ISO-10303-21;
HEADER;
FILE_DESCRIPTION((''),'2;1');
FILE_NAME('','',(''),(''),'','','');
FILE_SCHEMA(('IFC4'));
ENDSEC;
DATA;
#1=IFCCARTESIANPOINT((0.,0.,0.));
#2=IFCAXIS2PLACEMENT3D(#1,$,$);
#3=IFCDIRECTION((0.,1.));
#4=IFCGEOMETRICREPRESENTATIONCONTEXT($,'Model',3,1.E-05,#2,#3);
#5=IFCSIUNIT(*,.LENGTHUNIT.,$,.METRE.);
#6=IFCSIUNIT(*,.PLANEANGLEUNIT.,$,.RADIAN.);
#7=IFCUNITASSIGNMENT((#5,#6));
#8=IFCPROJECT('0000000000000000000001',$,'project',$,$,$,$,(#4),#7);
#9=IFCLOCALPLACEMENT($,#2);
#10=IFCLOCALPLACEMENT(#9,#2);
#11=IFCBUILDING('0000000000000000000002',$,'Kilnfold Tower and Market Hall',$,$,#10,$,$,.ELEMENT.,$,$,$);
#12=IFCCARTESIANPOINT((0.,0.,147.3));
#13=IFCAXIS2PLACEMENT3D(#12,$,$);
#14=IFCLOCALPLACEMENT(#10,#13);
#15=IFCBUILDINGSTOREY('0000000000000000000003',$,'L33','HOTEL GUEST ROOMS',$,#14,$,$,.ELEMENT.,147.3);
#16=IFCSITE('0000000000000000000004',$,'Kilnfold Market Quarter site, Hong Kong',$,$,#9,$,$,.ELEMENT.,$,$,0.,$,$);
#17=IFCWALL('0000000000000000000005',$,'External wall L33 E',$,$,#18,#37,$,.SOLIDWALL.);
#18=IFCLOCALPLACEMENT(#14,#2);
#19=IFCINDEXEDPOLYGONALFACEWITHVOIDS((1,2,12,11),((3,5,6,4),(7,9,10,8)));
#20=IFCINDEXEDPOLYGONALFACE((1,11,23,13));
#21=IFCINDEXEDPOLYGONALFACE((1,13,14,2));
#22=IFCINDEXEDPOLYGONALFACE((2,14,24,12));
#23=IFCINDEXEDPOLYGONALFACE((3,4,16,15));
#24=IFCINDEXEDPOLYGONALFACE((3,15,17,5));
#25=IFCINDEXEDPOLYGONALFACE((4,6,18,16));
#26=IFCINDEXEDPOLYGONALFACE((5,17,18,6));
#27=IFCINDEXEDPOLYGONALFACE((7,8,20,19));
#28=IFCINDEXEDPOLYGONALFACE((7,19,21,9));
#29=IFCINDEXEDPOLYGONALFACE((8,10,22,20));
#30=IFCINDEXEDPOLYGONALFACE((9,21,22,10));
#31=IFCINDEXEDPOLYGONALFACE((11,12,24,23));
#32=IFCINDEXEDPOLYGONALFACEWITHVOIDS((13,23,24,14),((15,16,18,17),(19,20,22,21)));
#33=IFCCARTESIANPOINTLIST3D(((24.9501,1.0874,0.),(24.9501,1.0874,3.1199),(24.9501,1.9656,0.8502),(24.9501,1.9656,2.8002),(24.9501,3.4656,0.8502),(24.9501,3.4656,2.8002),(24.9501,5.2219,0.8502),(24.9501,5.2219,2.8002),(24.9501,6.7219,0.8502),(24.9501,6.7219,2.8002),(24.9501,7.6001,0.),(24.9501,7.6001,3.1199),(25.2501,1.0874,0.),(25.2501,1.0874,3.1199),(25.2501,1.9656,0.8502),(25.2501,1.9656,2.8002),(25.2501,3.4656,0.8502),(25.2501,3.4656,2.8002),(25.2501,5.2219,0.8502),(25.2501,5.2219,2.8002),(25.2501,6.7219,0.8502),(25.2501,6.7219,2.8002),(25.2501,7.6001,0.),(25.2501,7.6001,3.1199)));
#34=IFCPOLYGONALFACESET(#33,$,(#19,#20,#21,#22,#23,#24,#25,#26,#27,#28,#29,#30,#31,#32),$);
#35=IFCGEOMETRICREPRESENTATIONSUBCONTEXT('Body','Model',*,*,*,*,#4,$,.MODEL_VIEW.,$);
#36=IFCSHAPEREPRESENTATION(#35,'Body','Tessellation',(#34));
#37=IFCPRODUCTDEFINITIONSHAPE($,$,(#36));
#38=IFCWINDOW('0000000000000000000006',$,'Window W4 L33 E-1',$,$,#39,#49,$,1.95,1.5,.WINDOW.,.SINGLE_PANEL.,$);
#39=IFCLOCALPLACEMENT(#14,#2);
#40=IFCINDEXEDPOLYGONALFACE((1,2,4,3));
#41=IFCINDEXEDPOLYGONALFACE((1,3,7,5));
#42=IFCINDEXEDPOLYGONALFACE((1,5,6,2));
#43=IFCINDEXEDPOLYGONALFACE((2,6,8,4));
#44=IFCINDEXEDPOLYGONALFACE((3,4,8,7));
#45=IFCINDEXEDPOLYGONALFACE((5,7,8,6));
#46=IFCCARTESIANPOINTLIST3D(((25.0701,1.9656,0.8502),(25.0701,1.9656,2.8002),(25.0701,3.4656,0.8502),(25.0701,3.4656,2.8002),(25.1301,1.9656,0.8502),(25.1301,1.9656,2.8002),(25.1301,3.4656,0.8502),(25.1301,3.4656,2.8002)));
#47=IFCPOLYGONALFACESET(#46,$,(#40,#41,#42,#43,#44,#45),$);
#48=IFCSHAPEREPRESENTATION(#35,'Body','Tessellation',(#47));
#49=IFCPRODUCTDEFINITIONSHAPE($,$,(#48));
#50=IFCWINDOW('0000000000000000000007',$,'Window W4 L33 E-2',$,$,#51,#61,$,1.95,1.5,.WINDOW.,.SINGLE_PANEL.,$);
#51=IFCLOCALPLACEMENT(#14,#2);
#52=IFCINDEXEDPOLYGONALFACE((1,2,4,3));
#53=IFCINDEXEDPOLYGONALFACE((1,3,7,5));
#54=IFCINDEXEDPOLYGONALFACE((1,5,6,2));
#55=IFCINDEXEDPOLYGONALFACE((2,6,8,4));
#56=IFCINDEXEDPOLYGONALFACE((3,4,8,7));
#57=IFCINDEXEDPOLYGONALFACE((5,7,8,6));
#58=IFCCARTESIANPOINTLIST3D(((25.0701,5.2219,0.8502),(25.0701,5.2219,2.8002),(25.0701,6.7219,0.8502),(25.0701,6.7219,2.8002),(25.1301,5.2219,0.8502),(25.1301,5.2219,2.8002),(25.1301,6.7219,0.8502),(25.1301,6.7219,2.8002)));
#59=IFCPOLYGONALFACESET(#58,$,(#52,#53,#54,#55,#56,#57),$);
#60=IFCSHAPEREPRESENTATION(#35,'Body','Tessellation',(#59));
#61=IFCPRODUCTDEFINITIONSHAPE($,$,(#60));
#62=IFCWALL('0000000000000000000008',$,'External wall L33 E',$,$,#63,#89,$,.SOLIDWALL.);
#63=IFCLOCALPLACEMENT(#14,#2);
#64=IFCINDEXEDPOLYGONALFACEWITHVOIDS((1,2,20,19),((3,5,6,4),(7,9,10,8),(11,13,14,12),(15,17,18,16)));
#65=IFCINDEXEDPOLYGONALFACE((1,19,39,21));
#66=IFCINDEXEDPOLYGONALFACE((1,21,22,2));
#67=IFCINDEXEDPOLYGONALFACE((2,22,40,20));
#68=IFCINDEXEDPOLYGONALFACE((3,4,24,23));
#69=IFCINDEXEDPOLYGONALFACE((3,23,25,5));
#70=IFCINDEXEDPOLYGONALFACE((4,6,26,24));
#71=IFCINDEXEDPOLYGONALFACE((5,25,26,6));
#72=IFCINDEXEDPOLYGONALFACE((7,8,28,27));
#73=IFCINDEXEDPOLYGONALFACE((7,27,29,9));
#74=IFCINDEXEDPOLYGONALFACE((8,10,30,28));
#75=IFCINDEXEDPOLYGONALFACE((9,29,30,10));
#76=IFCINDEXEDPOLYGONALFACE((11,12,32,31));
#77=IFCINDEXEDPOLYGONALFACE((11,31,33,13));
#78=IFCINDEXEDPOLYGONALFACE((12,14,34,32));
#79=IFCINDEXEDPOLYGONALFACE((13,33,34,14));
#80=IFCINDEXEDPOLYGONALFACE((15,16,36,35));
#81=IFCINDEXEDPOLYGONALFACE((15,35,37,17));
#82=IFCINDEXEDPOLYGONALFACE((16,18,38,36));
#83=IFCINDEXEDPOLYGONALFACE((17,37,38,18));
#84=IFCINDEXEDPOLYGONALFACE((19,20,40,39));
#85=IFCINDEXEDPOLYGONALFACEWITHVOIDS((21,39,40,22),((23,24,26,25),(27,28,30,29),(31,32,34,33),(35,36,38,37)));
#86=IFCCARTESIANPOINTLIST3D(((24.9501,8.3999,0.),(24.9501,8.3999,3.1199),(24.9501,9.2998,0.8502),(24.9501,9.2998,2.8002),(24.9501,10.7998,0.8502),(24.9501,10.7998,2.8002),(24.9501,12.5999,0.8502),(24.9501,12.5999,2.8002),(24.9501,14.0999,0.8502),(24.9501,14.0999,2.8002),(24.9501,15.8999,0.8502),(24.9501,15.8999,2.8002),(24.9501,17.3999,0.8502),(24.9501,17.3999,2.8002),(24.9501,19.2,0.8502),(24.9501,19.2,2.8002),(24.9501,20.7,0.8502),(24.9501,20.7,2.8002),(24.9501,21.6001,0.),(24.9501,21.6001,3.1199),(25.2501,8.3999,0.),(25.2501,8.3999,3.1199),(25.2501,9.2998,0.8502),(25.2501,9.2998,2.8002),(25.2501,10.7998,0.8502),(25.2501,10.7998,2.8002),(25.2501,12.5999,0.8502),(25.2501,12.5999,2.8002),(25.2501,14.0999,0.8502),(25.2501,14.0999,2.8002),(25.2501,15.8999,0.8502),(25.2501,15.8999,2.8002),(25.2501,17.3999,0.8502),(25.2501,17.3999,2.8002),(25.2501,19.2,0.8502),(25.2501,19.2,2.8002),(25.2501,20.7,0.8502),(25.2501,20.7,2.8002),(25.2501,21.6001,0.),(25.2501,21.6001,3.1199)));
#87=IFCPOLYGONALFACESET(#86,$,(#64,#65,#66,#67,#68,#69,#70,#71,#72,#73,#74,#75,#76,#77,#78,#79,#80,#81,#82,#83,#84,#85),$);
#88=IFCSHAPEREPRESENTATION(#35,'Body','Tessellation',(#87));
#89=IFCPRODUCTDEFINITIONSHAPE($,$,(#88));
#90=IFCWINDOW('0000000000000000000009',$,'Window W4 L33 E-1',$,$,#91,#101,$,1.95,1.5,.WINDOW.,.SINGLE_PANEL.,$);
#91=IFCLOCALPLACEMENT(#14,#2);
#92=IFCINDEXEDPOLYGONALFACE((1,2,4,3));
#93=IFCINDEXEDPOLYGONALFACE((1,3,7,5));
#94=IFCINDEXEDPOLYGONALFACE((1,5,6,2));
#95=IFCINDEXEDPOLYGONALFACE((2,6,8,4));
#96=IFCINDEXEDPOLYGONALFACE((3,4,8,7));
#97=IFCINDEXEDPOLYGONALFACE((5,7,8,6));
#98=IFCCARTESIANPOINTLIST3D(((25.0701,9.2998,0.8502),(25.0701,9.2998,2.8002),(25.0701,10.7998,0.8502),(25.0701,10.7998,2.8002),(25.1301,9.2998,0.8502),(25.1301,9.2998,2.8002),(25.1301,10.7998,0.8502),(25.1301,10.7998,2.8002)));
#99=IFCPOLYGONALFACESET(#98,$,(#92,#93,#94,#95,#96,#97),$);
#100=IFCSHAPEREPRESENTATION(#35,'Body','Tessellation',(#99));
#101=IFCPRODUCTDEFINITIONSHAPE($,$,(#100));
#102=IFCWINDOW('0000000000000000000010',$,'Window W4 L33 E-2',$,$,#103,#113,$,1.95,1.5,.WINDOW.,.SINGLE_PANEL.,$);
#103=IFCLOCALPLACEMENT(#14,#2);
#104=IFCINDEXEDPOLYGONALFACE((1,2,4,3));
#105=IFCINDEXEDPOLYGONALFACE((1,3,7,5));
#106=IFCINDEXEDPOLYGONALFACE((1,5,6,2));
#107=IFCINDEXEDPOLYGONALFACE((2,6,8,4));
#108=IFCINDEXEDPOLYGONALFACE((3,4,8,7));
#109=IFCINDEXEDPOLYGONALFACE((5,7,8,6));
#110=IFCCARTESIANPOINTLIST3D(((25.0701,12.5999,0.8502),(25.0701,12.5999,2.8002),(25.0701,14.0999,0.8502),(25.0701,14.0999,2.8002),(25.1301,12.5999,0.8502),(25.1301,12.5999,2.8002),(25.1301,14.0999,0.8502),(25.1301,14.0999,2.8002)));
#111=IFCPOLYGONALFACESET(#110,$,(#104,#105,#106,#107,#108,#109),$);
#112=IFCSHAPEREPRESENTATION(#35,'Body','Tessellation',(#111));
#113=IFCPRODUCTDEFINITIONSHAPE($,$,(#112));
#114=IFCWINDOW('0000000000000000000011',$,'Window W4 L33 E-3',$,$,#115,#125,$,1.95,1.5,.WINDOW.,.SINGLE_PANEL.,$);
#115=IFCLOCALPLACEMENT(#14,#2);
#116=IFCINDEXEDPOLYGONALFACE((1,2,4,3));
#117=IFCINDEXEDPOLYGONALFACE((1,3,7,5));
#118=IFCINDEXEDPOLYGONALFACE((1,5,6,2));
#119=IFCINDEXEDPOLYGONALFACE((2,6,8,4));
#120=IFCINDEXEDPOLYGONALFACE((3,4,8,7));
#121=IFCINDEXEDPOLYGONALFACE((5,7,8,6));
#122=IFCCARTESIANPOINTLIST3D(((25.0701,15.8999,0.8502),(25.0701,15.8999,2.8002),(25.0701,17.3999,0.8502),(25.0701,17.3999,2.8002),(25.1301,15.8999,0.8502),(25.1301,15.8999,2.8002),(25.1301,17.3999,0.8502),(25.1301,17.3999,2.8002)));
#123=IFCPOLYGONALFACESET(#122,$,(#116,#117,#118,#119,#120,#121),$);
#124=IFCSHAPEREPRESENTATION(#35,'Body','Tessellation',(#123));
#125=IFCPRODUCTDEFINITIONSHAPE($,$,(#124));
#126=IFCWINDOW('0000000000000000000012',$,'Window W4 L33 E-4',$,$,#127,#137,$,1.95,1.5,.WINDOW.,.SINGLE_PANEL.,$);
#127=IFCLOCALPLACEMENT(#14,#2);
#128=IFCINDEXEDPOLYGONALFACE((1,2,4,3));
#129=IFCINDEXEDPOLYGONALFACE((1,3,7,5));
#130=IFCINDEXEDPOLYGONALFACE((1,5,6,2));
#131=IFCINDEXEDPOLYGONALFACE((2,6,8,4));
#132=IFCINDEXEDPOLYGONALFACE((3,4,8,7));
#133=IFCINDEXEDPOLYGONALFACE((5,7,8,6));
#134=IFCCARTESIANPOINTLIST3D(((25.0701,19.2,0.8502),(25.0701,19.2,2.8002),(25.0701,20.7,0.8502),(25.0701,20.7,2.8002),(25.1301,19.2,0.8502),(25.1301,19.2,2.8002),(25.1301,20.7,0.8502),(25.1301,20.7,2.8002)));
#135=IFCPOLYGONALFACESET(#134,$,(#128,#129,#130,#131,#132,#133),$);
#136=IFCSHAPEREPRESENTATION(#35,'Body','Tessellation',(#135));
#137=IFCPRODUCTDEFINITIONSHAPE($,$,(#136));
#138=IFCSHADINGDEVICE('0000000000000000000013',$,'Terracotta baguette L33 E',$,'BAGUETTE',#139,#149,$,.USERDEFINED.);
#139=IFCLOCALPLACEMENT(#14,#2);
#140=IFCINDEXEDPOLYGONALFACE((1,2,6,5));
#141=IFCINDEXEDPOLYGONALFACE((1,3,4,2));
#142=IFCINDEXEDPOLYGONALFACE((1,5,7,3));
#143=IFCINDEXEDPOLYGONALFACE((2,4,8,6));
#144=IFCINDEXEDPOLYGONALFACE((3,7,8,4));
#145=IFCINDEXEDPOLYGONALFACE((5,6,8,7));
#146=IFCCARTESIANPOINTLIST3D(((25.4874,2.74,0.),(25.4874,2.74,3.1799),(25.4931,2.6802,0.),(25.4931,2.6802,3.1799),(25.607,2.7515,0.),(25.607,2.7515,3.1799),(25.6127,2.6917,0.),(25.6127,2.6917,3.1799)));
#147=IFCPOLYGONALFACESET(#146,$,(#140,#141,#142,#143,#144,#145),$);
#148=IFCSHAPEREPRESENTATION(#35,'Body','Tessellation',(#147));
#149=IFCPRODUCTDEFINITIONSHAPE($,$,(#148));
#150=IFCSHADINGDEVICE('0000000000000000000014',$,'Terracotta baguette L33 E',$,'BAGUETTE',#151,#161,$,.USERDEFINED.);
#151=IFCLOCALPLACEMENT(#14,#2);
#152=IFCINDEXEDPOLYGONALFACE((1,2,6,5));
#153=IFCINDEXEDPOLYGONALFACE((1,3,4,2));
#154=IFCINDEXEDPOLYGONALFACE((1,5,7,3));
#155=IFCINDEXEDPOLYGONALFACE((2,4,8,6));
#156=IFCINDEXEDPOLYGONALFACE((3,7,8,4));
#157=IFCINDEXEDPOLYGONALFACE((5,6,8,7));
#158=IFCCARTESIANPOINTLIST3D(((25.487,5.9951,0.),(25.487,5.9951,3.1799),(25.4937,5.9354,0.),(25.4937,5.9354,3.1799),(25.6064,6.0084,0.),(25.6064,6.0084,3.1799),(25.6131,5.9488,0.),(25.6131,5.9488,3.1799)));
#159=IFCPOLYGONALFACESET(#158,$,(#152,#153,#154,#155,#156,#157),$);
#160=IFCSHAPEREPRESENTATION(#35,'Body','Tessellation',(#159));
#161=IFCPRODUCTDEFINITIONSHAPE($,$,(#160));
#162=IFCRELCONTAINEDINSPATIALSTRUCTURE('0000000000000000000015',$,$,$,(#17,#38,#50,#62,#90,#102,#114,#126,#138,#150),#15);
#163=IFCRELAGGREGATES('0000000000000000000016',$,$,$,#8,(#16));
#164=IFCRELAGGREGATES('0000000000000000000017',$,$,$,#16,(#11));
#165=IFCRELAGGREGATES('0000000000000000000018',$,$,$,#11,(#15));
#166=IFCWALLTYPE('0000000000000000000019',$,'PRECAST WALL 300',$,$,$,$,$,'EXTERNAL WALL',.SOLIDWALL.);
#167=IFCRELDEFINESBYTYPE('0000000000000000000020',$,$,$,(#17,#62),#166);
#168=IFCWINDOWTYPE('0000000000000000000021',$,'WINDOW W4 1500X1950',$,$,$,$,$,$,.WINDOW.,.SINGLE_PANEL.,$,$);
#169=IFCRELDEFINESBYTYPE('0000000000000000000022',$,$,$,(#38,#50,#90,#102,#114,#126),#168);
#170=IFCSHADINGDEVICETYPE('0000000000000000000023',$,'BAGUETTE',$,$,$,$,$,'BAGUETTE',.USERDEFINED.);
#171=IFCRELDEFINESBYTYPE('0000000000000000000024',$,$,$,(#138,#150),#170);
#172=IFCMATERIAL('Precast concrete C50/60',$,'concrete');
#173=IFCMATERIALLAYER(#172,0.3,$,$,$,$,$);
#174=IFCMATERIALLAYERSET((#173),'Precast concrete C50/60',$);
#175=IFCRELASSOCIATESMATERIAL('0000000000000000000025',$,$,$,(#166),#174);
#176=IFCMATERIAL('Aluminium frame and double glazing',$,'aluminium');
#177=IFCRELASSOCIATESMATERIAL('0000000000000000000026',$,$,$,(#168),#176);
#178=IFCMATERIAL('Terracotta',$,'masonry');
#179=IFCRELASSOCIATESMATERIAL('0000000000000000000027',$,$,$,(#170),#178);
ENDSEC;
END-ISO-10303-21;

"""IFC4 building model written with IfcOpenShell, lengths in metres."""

from ifc_helpers import new_model, si_unit, direction, frame, frame_2d, origin, origin_2d, place, context, subcontext, project, spatial, rectangle, extrude, source, transform, mapped, material, layer, layer_set, material_profile, profile_set, type_object, element, fill, save


model = new_model("IFC4")

# Units and contexts
model_context = context("Model", 3, precision=1e-05, world=origin(), true_north=direction((0.0, 1.0)))
body_context = subcontext(model_context, "Body", "Model", "MODEL_VIEW")
ifc_project = project(units=[si_unit("LENGTHUNIT", "METRE"), si_unit("PLANEANGLEUNIT", "RADIAN")], contexts=[model_context])

# Site, building, storey
site_placement = place(None, origin())
site = spatial("IfcSite", under=ifc_project, at=site_placement, Name="Kilnfold Market Quarter site, Hong Kong", CompositionType="ELEMENT", RefElevation=0.0)
building_placement = place(site_placement, origin())
building = spatial("IfcBuilding", under=site, at=building_placement, Name="Kilnfold Tower and Market Hall", CompositionType="ELEMENT")
storey_placement = place(building_placement, frame((0.0, 0.0, 147.3)))
storey = spatial("IfcBuildingStorey", under=building, at=storey_placement, Name="L33", Description="HOTEL GUEST ROOMS", CompositionType="ELEMENT", Elevation=147.3)

# Walls, openings, windows
ifc_material_1 = material(Name="Precast concrete C50/60", Category="concrete")
ifc_layer_1 = layer(ifc_material_1, 0.3)
ifc_layer_set_1 = layer_set([ifc_layer_1], Name="Precast concrete C50/60")
wall_type_1 = type_object("IfcWallType", Name="PRECAST WALL 300", ElementType="EXTERNAL WALL", PredefinedType="SOLIDWALL", material=ifc_layer_set_1)
shared_shape_1 = source(origin(), body_context, "Body", "SweptSolid", [
    extrude(rectangle(XDim=6.5127, YDim=0.3, at=frame_2d((3.2563, 0.0))), origin(), (0.0, 0.0, 1.0), 3.1199),
])
wall_1_placement = place(storey_placement, frame((25.1001, 1.0874, 0.0), z_axis=(0.0, 0.0, 1.0), x_axis=(0.0, 1.0, 0.0)))
wall_1 = element("IfcWall", 1, at=wall_1_placement, inside=storey, type_object=wall_type_1, Name="External wall L33 E", PredefinedType="SOLIDWALL", context=body_context, shape_type="MappedRepresentation", body=[
    mapped(shared_shape_1, transform((0.0, 0.0, 0.0))),
])
opening_1_placement = place(wall_1_placement, frame((0.8782, 0.0, 0.8501)))
opening_1 = element("IfcOpeningElement", 2, at=opening_1_placement, cuts=wall_1, PredefinedType="OPENING", context=body_context, shape_type="SweptSolid", body=[
    extrude(rectangle(XDim=1.5, YDim=1.95, at=frame_2d((0.75, 0.9751))), frame((0.0, 0.1602, 0.0), z_axis=(0.0, -1.0, 0.0), x_axis=(1.0, 0.0, 0.0)), (0.0, 0.0, 1.0), 0.3201),
])
opening_2_placement = place(wall_1_placement, frame((4.1345, 0.0, 0.8501)))
opening_2 = element("IfcOpeningElement", 3, at=opening_2_placement, cuts=wall_1, PredefinedType="OPENING", context=body_context, shape_type="SweptSolid", body=[
    extrude(rectangle(XDim=1.5, YDim=1.95, at=frame_2d((0.75, 0.9751))), frame((0.0, 0.1602, 0.0), z_axis=(0.0, -1.0, 0.0), x_axis=(1.0, 0.0, 0.0)), (0.0, 0.0, 1.0), 0.3201),
])
ifc_material_2 = material(Name="Aluminium frame and double glazing", Category="aluminium")
window_type = type_object("IfcWindowType", Name="WINDOW W4 1500X1950", PartitioningType="SINGLE_PANEL", PredefinedType="WINDOW", material=ifc_material_2)
window_1_placement = place(opening_1_placement, origin())
window_1 = element("IfcWindow", 4, at=window_1_placement, inside=storey, type_object=window_type, Name="Window W4 L33 E-1", OverallHeight=1.95, OverallWidth=1.5, PartitioningType="SINGLE_PANEL", PredefinedType="WINDOW", context=body_context, shape_type="SweptSolid", body=[
    extrude(rectangle(XDim=1.5, YDim=1.95, at=frame_2d((0.75, 0.9751))), frame((0.0, 0.03, 0.0), z_axis=(0.0, -1.0, 0.0), x_axis=(1.0, 0.0, 0.0)), (0.0, 0.0, 1.0), 0.0601),
])
fill(opening_1, window_1)
window_2_placement = place(opening_2_placement, origin())
window_2 = element("IfcWindow", 5, at=window_2_placement, inside=storey, type_object=window_type, Name="Window W4 L33 E-2", OverallHeight=1.95, OverallWidth=1.5, PartitioningType="SINGLE_PANEL", PredefinedType="WINDOW", context=body_context, shape_type="SweptSolid", body=[
    extrude(rectangle(XDim=1.5, YDim=1.95, at=frame_2d((0.75, 0.9751))), frame((0.0, 0.03, 0.0), z_axis=(0.0, -1.0, 0.0), x_axis=(1.0, 0.0, 0.0)), (0.0, 0.0, 1.0), 0.0601),
])
fill(opening_2, window_2)
shared_shape_2 = source(origin(), body_context, "Body", "SweptSolid", [
    extrude(rectangle(XDim=13.2002, YDim=0.3, at=frame_2d((6.6001, 0.0))), origin(), (0.0, 0.0, 1.0), 3.1199),
])
wall_2_placement = place(storey_placement, frame((25.1001, 8.3999, 0.0), z_axis=(0.0, 0.0, 1.0), x_axis=(0.0, 1.0, 0.0)))
wall_2 = element("IfcWall", 6, at=wall_2_placement, inside=storey, type_object=wall_type_1, Name="External wall L33 E", PredefinedType="SOLIDWALL", context=body_context, shape_type="MappedRepresentation", body=[
    mapped(shared_shape_2, transform((0.0, 0.0, 0.0))),
])
opening_3_placement = place(wall_2_placement, frame((0.8999, 0.0, 0.8501)))
opening_3 = element("IfcOpeningElement", 7, at=opening_3_placement, cuts=wall_2, PredefinedType="OPENING", context=body_context, shape_type="SweptSolid", body=[
    extrude(rectangle(XDim=1.5, YDim=1.95, at=frame_2d((0.75, 0.9751))), frame((0.0, 0.1602, 0.0), z_axis=(0.0, -1.0, 0.0), x_axis=(1.0, 0.0, 0.0)), (0.0, 0.0, 1.0), 0.3201),
])
opening_4_placement = place(wall_2_placement, frame((4.2, 0.0, 0.8501)))
opening_4 = element("IfcOpeningElement", 8, at=opening_4_placement, cuts=wall_2, PredefinedType="OPENING", context=body_context, shape_type="SweptSolid", body=[
    extrude(rectangle(XDim=1.5, YDim=1.95, at=frame_2d((0.75, 0.9751))), frame((0.0, 0.1602, 0.0), z_axis=(0.0, -1.0, 0.0), x_axis=(1.0, 0.0, 0.0)), (0.0, 0.0, 1.0), 0.3201),
])
opening_5_placement = place(wall_2_placement, frame((7.5, 0.0, 0.8501)))
opening_5 = element("IfcOpeningElement", 9, at=opening_5_placement, cuts=wall_2, PredefinedType="OPENING", context=body_context, shape_type="SweptSolid", body=[
    extrude(rectangle(XDim=1.5, YDim=1.95, at=frame_2d((0.75, 0.9751))), frame((0.0, 0.1602, 0.0), z_axis=(0.0, -1.0, 0.0), x_axis=(1.0, 0.0, 0.0)), (0.0, 0.0, 1.0), 0.3201),
])
opening_6_placement = place(wall_2_placement, frame((10.8, 0.0, 0.8501)))
opening_6 = element("IfcOpeningElement", 10, at=opening_6_placement, cuts=wall_2, PredefinedType="OPENING", context=body_context, shape_type="SweptSolid", body=[
    extrude(rectangle(XDim=1.5, YDim=1.95, at=frame_2d((0.75, 0.9751))), frame((0.0, 0.1602, 0.0), z_axis=(0.0, -1.0, 0.0), x_axis=(1.0, 0.0, 0.0)), (0.0, 0.0, 1.0), 0.3201),
])
window_3_placement = place(opening_3_placement, origin())
window_3 = element("IfcWindow", 11, at=window_3_placement, inside=storey, type_object=window_type, Name="Window W4 L33 E-1", OverallHeight=1.95, OverallWidth=1.5, PartitioningType="SINGLE_PANEL", PredefinedType="WINDOW", context=body_context, shape_type="SweptSolid", body=[
    extrude(rectangle(XDim=1.5, YDim=1.95, at=frame_2d((0.75, 0.9751))), frame((0.0, 0.03, 0.0), z_axis=(0.0, -1.0, 0.0), x_axis=(1.0, 0.0, 0.0)), (0.0, 0.0, 1.0), 0.0601),
])
fill(opening_3, window_3)
window_4_placement = place(opening_4_placement, origin())
window_4 = element("IfcWindow", 12, at=window_4_placement, inside=storey, type_object=window_type, Name="Window W4 L33 E-2", OverallHeight=1.95, OverallWidth=1.5, PartitioningType="SINGLE_PANEL", PredefinedType="WINDOW", context=body_context, shape_type="SweptSolid", body=[
    extrude(rectangle(XDim=1.5, YDim=1.95, at=frame_2d((0.75, 0.9751))), frame((0.0, 0.03, 0.0), z_axis=(0.0, -1.0, 0.0), x_axis=(1.0, 0.0, 0.0)), (0.0, 0.0, 1.0), 0.0601),
])
fill(opening_4, window_4)
window_5_placement = place(opening_5_placement, origin())
window_5 = element("IfcWindow", 13, at=window_5_placement, inside=storey, type_object=window_type, Name="Window W4 L33 E-3", OverallHeight=1.95, OverallWidth=1.5, PartitioningType="SINGLE_PANEL", PredefinedType="WINDOW", context=body_context, shape_type="SweptSolid", body=[
    extrude(rectangle(XDim=1.5, YDim=1.95, at=frame_2d((0.75, 0.9751))), frame((0.0, 0.03, 0.0), z_axis=(0.0, -1.0, 0.0), x_axis=(1.0, 0.0, 0.0)), (0.0, 0.0, 1.0), 0.0601),
])
fill(opening_5, window_5)
window_6_placement = place(opening_6_placement, origin())
window_6 = element("IfcWindow", 14, at=window_6_placement, inside=storey, type_object=window_type, Name="Window W4 L33 E-4", OverallHeight=1.95, OverallWidth=1.5, PartitioningType="SINGLE_PANEL", PredefinedType="WINDOW", context=body_context, shape_type="SweptSolid", body=[
    extrude(rectangle(XDim=1.5, YDim=1.95, at=frame_2d((0.75, 0.9751))), frame((0.0, 0.03, 0.0), z_axis=(0.0, -1.0, 0.0), x_axis=(1.0, 0.0, 0.0)), (0.0, 0.0, 1.0), 0.0601),
])
fill(opening_6, window_6)

# Shading devices
ifc_material_3 = material(Name="Terracotta", Category="masonry")
ifc_material_profile_1 = material_profile(ifc_material_3, rectangle(XDim=0.0601, YDim=0.1201, at=origin_2d()), Name="BAG 60x120")
ifc_profile_set_1 = profile_set([ifc_material_profile_1], Name="Terracotta")
shading_device_type = type_object("IfcShadingDeviceType", Name="BAGUETTE", ElementType="BAGUETTE", PredefinedType="USERDEFINED", material=ifc_profile_set_1)
shared_shape_3 = source(origin(), body_context, "Body", "SweptSolid", [
    extrude(rectangle(XDim=0.0601, YDim=0.1201, at=origin_2d()), origin(), (0.0, 0.0, 1.0), 3.1799),
])
for number, where, z_axis, x_axis, name in (
    (15, (25.55, 2.7158, 0.0), (0.0, 0.0, 1.0), (-0.095681, 0.995412, 0.0), "Terracotta baguette L33 E"),
    (16, (25.55, 5.9719, 0.0), (0.0, 0.0, 1.0), (-0.111176, 0.993801, 0.0), "Terracotta baguette L33 E"),
):
    element("IfcShadingDevice", number, at=place(storey_placement, frame(where, z_axis=z_axis, x_axis=x_axis)), inside=storey, type_object=shading_device_type, Name=name, ObjectType="BAGUETTE", PredefinedType="USERDEFINED", context=body_context, shape_type="MappedRepresentation", body=[
        mapped(shared_shape_3, transform((0.0, 0.0, 0.0))),
    ])

save(model, "model.ifc")
